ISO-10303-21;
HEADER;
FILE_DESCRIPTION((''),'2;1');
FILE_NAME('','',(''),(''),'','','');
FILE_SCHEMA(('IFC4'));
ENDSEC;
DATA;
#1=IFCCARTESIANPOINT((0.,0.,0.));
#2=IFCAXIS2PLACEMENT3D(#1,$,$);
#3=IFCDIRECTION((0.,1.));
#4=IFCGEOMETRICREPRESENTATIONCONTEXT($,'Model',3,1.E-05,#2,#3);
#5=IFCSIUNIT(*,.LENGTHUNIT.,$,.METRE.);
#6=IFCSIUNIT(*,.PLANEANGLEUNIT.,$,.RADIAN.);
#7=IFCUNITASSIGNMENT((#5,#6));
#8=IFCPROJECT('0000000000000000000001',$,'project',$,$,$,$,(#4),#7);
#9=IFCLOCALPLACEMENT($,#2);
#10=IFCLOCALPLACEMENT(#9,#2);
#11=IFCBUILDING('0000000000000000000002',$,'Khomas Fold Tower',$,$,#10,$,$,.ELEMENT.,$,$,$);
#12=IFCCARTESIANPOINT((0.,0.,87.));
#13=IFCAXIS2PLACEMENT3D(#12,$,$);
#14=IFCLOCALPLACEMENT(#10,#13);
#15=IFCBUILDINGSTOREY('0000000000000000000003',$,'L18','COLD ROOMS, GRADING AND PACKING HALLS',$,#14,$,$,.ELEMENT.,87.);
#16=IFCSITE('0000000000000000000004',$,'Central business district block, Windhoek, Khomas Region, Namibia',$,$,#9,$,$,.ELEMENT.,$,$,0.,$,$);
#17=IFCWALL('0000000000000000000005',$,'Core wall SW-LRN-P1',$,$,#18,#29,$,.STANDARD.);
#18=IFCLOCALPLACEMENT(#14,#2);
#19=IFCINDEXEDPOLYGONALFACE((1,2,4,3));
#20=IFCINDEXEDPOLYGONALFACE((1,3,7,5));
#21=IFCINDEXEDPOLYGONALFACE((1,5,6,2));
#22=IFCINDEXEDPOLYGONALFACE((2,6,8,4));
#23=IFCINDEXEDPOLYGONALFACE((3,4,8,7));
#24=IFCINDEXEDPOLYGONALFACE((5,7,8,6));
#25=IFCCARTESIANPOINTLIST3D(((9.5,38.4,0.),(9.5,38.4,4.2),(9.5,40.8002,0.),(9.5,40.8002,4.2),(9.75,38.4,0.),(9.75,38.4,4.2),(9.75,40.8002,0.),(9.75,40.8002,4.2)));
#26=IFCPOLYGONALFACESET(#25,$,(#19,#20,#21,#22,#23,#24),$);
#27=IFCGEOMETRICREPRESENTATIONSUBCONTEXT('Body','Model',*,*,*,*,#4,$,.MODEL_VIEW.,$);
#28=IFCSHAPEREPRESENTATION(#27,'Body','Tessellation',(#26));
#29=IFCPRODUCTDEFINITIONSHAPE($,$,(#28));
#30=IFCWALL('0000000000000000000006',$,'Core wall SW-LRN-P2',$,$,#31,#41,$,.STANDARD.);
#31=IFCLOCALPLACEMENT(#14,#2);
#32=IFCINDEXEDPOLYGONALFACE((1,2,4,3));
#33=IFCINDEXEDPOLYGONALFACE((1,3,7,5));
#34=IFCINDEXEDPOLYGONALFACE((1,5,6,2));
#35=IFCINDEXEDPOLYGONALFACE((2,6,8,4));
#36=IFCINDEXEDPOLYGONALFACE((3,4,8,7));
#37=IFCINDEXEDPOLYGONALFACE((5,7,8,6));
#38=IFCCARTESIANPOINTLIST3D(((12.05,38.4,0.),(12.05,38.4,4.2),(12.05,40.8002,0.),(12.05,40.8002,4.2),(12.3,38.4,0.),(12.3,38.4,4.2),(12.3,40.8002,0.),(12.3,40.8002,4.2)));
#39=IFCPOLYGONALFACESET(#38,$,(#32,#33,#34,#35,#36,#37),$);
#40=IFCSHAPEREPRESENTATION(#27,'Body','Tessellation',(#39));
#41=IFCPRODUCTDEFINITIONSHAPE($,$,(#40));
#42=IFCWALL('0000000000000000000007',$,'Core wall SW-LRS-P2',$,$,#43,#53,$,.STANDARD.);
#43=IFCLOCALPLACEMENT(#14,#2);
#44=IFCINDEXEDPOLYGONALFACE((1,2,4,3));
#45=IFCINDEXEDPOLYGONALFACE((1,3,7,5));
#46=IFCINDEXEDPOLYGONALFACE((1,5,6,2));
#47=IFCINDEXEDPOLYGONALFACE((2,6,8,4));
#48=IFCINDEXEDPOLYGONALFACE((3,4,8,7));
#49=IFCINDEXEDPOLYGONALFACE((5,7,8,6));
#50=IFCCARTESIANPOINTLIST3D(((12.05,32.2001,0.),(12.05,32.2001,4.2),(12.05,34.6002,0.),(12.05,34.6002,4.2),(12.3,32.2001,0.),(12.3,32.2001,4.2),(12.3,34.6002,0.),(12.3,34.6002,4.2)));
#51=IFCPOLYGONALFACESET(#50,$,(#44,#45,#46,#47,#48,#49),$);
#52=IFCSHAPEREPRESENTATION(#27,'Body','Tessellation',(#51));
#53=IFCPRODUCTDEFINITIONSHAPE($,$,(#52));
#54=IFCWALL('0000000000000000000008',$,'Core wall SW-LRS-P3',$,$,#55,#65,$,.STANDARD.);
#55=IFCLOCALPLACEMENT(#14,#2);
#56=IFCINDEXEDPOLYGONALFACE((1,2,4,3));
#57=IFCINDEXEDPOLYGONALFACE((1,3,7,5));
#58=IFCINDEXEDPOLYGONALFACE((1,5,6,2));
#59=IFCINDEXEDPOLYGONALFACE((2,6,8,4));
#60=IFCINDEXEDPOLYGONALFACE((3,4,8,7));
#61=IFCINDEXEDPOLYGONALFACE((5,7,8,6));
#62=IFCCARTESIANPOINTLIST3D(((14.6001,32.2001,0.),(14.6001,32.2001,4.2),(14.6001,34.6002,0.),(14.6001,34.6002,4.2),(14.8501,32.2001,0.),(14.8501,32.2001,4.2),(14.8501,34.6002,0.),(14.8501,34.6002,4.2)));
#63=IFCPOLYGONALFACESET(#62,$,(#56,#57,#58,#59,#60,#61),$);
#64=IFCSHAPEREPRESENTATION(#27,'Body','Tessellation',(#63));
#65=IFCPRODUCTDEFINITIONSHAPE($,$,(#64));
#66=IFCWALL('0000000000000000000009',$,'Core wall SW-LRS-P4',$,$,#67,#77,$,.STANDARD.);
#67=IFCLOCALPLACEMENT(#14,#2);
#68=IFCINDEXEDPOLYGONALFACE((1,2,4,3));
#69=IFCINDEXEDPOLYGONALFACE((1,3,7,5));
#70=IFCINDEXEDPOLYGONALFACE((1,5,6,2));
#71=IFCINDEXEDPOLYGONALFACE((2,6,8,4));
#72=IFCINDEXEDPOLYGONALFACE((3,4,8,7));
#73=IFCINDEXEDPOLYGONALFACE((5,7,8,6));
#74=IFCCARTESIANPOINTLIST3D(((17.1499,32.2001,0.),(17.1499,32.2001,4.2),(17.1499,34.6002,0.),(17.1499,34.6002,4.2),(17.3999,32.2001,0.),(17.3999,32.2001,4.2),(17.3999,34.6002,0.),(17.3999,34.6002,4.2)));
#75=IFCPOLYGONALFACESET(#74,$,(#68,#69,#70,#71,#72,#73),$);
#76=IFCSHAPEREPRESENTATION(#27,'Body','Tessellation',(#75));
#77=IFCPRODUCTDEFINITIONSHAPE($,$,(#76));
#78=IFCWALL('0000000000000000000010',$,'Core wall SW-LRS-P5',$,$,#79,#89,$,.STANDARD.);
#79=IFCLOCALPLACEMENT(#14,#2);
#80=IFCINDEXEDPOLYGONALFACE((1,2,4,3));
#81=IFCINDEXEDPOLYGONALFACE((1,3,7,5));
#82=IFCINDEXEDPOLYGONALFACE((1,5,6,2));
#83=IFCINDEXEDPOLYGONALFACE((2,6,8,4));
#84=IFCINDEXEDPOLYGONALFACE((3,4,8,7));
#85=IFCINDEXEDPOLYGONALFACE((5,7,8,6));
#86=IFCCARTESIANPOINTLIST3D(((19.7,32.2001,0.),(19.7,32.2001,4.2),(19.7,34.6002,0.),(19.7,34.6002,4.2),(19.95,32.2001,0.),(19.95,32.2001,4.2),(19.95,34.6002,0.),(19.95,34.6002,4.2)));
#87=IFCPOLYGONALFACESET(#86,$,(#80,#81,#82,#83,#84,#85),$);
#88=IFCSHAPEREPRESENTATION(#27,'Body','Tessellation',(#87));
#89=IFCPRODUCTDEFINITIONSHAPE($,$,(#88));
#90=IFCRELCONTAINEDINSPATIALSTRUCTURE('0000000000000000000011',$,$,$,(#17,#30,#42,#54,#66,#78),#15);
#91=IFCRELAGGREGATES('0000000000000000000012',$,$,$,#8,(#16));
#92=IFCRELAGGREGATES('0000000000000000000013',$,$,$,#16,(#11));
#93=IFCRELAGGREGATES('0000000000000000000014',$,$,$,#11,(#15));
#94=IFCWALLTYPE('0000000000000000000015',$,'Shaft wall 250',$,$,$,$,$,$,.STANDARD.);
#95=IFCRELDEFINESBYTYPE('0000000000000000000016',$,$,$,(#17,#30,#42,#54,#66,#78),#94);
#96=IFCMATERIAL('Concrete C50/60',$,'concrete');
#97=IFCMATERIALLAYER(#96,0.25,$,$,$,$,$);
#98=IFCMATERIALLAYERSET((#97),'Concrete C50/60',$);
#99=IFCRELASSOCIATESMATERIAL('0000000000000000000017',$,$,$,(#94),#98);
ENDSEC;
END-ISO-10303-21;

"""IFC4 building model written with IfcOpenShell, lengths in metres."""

from ifc_helpers import new_model, si_unit, direction, frame, frame_2d, origin, place, context, subcontext, project, spatial, rectangle, extrude, source, transform, mapped, material, layer, layer_set, type_object, element, save


model = new_model("IFC4")

# Units and contexts
model_context = context("Model", 3, precision=1e-05, world=origin(), true_north=direction((0.0, 1.0)))
body_context = subcontext(model_context, "Body", "Model", "MODEL_VIEW")
ifc_project = project(units=[si_unit("LENGTHUNIT", "METRE"), si_unit("PLANEANGLEUNIT", "RADIAN")], contexts=[model_context])

# Site, building, storey
site_placement = place(None, origin())
site = spatial("IfcSite", under=ifc_project, at=site_placement, Name="Central business district block, Windhoek, Khomas Region, Namibia", CompositionType="ELEMENT", RefElevation=0.0)
building_placement = place(site_placement, origin())
building = spatial("IfcBuilding", under=site, at=building_placement, Name="Khomas Fold Tower", CompositionType="ELEMENT")
storey_placement = place(building_placement, frame((0.0, 0.0, 87.0)))
storey = spatial("IfcBuildingStorey", under=building, at=storey_placement, Name="L18", Description="COLD ROOMS, GRADING AND PACKING HALLS", CompositionType="ELEMENT", Elevation=87.0)

# Walls
ifc_material_1 = material(Name="Concrete C50/60", Category="concrete")
ifc_layer_1 = layer(ifc_material_1, 0.25)
ifc_layer_set_1 = layer_set([ifc_layer_1], Name="Concrete C50/60")
wall_type_1 = type_object("IfcWallType", Name="Shaft wall 250", PredefinedType="STANDARD", material=ifc_layer_set_1)
shared_shape_1 = source(origin(), body_context, "Body", "SweptSolid", [
    extrude(rectangle(XDim=2.4001, YDim=0.25, at=frame_2d((1.2002, 0.0))), origin(), (0.0, 0.0, 1.0), 4.2),
])
for number, where, z_axis, x_axis, name in (
    (1, (9.625, 38.3999, 0.0), (0.0, 0.0, 1.0), (0.0, 1.0, 0.0), "Core wall SW-LRN-P1"),
    (2, (12.175, 38.3999, 0.0), (0.0, 0.0, 1.0), (0.0, 1.0, 0.0), "Core wall SW-LRN-P2"),
    (3, (12.175, 32.2, 0.0), (0.0, 0.0, 1.0), (0.0, 1.0, 0.0), "Core wall SW-LRS-P2"),
    (4, (14.7251, 32.2, 0.0), (0.0, 0.0, 1.0), (0.0, 1.0, 0.0), "Core wall SW-LRS-P3"),
    (5, (17.2749, 32.2, 0.0), (0.0, 0.0, 1.0), (0.0, 1.0, 0.0), "Core wall SW-LRS-P4"),
    (6, (19.825, 32.2, 0.0), (0.0, 0.0, 1.0), (0.0, 1.0, 0.0), "Core wall SW-LRS-P5"),
):
    element("IfcWall", number, at=place(storey_placement, frame(where, z_axis=z_axis, x_axis=x_axis)), inside=storey, type_object=wall_type_1, Name=name, PredefinedType="STANDARD", context=body_context, shape_type="MappedRepresentation", body=[
        mapped(shared_shape_1, transform((0.0, 0.0, 0.0))),
    ])

save(model, "model.ifc")
